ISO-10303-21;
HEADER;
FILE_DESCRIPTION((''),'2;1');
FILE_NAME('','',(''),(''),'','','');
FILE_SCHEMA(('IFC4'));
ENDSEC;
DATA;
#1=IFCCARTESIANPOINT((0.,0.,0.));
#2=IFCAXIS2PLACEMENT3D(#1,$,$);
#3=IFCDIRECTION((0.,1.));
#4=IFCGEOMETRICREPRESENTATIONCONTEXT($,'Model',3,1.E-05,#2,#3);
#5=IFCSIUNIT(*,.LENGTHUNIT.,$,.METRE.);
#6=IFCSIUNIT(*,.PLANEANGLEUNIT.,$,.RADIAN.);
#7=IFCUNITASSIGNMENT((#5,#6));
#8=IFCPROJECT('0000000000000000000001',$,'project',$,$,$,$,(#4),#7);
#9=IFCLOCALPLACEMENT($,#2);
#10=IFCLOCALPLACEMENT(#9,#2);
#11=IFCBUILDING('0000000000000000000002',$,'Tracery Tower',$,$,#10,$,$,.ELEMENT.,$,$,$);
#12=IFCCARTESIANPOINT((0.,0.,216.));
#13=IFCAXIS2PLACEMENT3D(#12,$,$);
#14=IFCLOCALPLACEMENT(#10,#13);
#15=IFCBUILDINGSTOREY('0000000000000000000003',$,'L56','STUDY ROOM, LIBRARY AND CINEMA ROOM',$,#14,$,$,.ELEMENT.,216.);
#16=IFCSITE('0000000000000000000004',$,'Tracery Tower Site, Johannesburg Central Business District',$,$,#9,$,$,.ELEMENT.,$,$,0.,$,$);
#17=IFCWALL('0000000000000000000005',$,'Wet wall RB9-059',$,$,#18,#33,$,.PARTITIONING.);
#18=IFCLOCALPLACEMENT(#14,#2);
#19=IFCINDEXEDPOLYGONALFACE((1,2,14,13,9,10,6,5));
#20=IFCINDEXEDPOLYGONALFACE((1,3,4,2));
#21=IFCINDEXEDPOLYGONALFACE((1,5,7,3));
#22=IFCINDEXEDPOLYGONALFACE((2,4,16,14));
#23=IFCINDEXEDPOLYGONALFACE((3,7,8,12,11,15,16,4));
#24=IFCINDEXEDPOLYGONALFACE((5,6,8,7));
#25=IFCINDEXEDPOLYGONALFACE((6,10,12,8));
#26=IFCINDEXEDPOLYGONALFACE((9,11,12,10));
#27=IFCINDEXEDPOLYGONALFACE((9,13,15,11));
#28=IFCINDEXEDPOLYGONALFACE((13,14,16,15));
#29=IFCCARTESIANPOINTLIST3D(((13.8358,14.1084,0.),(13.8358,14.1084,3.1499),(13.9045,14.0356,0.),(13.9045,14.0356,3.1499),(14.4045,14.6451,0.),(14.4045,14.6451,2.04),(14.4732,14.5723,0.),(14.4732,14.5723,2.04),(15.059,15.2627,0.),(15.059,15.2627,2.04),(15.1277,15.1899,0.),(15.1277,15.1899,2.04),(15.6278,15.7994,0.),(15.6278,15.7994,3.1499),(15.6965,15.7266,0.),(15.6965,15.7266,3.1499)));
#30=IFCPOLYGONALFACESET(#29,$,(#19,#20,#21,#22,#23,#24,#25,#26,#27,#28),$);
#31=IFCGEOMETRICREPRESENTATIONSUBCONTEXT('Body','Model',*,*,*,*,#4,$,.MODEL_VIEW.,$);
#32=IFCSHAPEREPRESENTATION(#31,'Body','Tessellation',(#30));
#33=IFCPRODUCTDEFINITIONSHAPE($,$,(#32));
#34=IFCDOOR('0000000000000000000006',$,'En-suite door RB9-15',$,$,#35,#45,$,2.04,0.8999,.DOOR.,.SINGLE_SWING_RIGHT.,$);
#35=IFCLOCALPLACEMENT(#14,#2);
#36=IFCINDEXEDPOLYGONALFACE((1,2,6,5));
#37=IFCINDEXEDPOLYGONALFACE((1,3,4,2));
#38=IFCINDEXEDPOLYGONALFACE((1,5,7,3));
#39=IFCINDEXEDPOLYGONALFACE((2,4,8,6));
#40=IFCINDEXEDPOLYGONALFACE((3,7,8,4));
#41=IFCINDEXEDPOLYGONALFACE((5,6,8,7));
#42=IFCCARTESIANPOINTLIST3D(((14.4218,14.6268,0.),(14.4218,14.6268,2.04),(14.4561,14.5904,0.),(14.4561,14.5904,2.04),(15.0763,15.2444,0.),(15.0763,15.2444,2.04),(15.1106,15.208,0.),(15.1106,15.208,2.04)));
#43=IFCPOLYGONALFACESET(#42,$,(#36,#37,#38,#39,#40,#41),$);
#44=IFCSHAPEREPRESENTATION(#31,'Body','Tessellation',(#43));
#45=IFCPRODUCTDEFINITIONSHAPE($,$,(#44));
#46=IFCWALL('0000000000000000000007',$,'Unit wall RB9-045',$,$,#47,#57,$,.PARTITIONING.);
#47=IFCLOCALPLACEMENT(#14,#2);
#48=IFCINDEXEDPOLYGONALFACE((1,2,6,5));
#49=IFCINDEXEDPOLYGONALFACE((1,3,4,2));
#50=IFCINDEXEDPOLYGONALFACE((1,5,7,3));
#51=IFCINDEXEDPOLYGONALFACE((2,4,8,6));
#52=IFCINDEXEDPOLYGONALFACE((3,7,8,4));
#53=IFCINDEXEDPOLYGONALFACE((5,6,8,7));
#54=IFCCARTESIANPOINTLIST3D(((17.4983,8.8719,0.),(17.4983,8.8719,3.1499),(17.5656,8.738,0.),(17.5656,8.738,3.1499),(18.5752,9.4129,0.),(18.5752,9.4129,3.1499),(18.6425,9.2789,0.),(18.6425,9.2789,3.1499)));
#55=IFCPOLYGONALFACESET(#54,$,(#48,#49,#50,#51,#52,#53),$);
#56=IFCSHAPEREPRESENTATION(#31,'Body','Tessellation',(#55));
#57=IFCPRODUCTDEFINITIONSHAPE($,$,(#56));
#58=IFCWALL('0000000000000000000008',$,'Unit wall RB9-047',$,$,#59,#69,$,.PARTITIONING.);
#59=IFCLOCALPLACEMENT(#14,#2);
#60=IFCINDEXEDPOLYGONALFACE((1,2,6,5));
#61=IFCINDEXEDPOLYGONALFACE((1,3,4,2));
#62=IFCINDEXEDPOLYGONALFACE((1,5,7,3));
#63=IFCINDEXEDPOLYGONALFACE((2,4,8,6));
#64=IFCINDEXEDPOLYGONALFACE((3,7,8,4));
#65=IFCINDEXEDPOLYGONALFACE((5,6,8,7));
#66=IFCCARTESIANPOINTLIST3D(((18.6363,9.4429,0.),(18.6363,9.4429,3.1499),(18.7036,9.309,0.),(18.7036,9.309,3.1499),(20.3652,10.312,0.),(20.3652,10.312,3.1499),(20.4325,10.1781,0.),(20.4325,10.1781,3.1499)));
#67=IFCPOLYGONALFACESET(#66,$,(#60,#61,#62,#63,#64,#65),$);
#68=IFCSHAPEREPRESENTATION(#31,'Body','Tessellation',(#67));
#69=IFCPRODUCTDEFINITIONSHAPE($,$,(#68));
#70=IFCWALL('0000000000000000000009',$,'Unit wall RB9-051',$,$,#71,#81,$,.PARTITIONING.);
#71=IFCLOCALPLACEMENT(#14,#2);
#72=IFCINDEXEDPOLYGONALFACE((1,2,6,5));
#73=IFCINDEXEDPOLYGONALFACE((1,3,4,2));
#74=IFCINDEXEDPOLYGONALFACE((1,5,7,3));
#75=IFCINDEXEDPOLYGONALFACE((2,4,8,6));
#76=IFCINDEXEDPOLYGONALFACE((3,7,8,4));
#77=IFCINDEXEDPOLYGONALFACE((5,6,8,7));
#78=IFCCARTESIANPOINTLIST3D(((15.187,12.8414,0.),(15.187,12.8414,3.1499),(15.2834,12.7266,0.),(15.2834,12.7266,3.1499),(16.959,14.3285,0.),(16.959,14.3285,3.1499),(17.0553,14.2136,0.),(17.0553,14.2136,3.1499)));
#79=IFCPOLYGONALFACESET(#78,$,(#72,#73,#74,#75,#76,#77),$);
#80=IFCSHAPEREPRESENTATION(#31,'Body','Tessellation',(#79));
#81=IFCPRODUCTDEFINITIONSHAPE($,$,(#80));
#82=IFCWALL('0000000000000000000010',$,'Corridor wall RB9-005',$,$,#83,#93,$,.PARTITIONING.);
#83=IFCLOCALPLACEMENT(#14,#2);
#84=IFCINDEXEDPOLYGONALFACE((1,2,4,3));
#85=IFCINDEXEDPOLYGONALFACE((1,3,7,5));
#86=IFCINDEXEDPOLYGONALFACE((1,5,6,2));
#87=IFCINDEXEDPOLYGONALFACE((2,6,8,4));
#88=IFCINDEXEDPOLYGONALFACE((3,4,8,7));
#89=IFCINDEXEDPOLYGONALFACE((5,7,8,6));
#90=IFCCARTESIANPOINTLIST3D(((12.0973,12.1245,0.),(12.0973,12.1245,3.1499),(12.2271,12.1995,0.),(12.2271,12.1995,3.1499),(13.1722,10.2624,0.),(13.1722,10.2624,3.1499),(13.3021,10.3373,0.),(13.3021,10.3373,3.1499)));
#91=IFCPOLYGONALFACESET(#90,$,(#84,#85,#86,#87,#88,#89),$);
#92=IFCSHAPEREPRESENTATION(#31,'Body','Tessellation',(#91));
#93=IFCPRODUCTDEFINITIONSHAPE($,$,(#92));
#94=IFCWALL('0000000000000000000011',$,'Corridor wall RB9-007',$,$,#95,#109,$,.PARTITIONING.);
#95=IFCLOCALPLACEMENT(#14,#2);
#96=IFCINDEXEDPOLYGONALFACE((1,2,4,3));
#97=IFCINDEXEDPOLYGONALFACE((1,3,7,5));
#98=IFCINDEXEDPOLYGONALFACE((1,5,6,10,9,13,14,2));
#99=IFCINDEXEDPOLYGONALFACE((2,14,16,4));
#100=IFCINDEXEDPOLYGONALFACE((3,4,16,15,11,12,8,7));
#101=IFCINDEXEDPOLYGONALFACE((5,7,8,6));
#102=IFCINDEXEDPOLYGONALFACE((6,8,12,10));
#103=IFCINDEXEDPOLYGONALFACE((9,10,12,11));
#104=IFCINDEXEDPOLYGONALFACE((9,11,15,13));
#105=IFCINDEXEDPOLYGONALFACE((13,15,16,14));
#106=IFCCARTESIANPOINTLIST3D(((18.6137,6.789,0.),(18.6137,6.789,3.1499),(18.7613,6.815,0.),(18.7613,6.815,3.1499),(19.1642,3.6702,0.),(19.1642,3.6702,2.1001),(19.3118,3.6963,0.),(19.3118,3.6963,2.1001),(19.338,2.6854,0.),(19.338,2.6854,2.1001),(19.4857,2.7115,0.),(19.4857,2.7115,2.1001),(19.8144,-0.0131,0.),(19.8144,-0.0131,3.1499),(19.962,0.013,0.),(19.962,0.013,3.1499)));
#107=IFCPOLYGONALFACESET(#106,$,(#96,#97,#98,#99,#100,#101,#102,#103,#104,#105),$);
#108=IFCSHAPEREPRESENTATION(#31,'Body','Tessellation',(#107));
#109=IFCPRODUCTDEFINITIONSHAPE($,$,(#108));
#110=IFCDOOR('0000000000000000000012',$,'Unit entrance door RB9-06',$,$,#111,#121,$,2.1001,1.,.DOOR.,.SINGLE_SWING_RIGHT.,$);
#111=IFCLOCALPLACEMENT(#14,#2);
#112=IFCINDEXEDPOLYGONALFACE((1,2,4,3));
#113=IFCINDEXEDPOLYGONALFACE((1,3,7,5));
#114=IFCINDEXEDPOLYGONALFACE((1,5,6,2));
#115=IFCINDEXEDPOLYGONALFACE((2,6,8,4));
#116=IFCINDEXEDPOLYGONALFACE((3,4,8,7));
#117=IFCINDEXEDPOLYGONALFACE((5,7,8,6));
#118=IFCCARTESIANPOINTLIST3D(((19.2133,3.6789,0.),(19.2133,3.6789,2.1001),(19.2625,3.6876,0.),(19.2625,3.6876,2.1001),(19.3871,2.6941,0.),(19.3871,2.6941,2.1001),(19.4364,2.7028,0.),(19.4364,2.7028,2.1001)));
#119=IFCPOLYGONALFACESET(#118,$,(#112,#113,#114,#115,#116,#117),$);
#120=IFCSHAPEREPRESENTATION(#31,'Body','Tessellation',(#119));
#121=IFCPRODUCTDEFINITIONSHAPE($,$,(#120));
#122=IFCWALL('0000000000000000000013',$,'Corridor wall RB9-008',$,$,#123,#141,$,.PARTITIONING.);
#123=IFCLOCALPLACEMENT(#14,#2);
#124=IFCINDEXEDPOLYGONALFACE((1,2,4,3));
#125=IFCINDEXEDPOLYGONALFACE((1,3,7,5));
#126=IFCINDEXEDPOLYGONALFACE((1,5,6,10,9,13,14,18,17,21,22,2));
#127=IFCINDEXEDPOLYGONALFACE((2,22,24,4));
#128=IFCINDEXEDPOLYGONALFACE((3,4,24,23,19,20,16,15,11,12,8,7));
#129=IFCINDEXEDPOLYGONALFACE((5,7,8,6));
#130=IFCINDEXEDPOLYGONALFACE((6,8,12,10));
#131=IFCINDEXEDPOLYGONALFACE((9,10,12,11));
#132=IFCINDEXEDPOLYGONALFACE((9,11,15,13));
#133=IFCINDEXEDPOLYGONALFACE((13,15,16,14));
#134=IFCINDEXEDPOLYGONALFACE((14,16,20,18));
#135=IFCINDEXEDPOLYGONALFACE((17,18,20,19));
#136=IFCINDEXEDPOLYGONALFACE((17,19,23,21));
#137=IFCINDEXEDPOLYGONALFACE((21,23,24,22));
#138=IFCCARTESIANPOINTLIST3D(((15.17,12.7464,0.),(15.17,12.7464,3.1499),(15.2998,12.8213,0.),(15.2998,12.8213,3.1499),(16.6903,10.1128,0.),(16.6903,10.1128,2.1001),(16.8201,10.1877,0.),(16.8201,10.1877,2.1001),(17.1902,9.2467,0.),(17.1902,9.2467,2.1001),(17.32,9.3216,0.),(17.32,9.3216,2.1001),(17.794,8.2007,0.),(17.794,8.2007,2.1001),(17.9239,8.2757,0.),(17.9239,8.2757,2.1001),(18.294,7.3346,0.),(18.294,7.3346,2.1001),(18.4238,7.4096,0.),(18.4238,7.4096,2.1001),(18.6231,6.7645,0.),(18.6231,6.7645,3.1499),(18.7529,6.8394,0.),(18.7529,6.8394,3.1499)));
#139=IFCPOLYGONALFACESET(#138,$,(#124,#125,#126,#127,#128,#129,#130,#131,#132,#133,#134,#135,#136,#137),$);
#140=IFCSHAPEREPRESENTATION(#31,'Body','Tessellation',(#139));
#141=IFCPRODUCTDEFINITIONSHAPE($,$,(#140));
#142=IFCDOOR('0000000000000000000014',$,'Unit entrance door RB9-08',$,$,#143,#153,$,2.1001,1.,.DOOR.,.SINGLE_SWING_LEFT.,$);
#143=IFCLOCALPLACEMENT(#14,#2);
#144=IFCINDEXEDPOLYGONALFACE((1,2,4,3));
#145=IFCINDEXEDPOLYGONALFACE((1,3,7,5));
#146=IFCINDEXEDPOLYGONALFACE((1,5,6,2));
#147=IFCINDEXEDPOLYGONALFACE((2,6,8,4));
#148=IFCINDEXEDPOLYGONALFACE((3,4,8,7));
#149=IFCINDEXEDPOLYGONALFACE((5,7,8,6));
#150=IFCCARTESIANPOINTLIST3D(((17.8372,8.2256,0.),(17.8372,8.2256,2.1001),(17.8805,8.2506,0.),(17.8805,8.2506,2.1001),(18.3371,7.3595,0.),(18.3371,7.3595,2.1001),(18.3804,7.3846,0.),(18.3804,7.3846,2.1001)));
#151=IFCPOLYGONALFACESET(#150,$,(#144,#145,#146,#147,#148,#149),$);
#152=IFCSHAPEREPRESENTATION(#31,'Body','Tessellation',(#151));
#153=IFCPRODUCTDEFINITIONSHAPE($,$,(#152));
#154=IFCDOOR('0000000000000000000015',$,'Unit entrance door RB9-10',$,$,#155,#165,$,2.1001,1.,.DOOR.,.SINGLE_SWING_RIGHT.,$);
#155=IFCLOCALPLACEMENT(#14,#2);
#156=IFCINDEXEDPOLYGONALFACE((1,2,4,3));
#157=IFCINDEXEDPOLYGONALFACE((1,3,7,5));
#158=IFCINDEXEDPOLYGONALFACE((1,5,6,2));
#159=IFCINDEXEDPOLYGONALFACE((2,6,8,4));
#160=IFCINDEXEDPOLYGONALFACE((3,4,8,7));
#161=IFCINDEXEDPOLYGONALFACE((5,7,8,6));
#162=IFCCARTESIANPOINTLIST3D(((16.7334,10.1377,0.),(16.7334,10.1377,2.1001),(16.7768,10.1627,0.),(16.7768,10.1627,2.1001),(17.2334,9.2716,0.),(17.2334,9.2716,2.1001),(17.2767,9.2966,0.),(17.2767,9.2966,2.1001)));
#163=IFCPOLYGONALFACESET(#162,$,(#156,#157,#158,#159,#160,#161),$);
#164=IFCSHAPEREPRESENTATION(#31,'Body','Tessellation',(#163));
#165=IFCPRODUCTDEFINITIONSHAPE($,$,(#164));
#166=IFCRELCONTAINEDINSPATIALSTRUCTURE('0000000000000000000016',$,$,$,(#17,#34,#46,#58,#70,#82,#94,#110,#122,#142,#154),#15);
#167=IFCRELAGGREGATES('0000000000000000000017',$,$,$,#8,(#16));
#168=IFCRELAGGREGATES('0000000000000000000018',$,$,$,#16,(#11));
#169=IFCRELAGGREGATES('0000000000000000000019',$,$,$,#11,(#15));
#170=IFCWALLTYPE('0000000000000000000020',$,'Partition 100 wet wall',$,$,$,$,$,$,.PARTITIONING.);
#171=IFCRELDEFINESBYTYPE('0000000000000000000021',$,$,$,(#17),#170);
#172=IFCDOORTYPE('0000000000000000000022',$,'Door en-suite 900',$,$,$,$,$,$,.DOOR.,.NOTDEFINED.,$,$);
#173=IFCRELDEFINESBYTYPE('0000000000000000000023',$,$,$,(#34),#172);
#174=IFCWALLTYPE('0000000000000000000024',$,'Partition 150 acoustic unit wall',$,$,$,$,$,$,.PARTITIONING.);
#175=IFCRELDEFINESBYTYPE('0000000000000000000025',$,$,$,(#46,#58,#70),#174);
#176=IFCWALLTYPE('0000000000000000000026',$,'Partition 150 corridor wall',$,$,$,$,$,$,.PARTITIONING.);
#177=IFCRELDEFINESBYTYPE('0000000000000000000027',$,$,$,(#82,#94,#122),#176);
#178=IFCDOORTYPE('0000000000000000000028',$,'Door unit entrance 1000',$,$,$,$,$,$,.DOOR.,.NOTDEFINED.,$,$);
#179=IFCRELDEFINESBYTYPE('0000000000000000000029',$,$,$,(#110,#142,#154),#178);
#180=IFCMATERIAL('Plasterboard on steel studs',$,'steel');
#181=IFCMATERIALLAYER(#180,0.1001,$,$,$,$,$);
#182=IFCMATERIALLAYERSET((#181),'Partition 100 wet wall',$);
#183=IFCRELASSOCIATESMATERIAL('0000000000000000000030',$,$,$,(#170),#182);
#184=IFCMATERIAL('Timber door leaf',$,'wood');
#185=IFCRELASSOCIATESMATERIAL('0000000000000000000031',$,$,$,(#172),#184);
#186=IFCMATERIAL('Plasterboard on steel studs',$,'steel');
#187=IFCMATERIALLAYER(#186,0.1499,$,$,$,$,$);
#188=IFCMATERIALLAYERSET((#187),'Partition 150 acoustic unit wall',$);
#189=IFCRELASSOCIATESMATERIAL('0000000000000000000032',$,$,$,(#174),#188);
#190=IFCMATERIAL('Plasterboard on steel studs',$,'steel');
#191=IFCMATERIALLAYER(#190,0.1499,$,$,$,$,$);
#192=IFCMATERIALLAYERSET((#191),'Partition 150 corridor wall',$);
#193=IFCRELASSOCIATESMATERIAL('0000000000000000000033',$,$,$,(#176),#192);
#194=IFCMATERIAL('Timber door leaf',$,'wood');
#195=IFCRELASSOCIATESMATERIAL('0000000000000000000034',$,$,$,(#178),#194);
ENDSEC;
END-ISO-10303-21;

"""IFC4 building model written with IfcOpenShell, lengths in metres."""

from ifc_helpers import new_model, si_unit, direction, frame, frame_2d, origin, place, context, subcontext, project, spatial, rectangle, extrude, material, layer, layer_set, type_object, element, fill, save


model = new_model("IFC4")

# Units and contexts
model_context = context("Model", 3, precision=1e-05, world=origin(), true_north=direction((0.0, 1.0)))
body_context = subcontext(model_context, "Body", "Model", "MODEL_VIEW")
ifc_project = project(units=[si_unit("LENGTHUNIT", "METRE"), si_unit("PLANEANGLEUNIT", "RADIAN")], contexts=[model_context])

# Site, building, storey
site_placement = place(None, origin())
site = spatial("IfcSite", under=ifc_project, at=site_placement, Name="Tracery Tower Site, Johannesburg Central Business District", CompositionType="ELEMENT", RefElevation=0.0)
building_placement = place(site_placement, origin())
building = spatial("IfcBuilding", under=site, at=building_placement, Name="Tracery Tower", CompositionType="ELEMENT")
storey_placement = place(building_placement, frame((0.0, 0.0, 216.0)))
storey = spatial("IfcBuildingStorey", under=building, at=storey_placement, Name="L56", Description="STUDY ROOM, LIBRARY AND CINEMA ROOM", CompositionType="ELEMENT", Elevation=216.0)

# Shared definitions
ifc_material_1 = material(Name="Plasterboard on steel studs", Category="steel")
ifc_layer_1 = layer(ifc_material_1, 0.1001)
ifc_layer_set_1 = layer_set([ifc_layer_1], Name="Partition 100 wet wall")
wall_type_1 = type_object("IfcWallType", Name="Partition 100 wet wall", PredefinedType="PARTITIONING", material=ifc_layer_set_1)
ifc_material_2 = material(Name="Timber door leaf", Category="wood")
door_type_1 = type_object("IfcDoorType", Name="Door en-suite 900", OperationType="NOTDEFINED", PredefinedType="DOOR", material=ifc_material_2)

# Wall, opening, door
wall_1_placement = place(storey_placement, frame((13.8701, 14.072, 0.0), z_axis=(0.0, 0.0, 1.0), x_axis=(0.727321, 0.686298, 0.0)))
wall_1 = element("IfcWall", 1, at=wall_1_placement, inside=storey, type_object=wall_type_1, Name="Wet wall RB9-059", PredefinedType="PARTITIONING", context=body_context, shape_type="SweptSolid", body=[
    extrude(rectangle(XDim=2.4639, YDim=0.1001, at=frame_2d((1.2319, 0.0))), origin(), (0.0, 0.0, 1.0), 3.1499),
])
opening_1_placement = place(wall_1_placement, frame((0.782, 0.0, 0.0)))
opening_1 = element("IfcOpeningElement", 2, at=opening_1_placement, cuts=wall_1, PredefinedType="OPENING", context=body_context, shape_type="SweptSolid", body=[
    extrude(rectangle(XDim=0.8999, YDim=2.04, at=frame_2d((0.45, 1.02))), frame((0.0, 0.05, 0.0), z_axis=(0.0, -1.0, 0.0), x_axis=(1.0, 0.0, 0.0)), (0.0, 0.0, 1.0), 0.1001),
])
door_1_placement = place(opening_1_placement, origin())
door_1 = element("IfcDoor", 3, at=door_1_placement, inside=storey, type_object=door_type_1, Name="En-suite door RB9-15", OperationType="SINGLE_SWING_RIGHT", OverallHeight=2.04, OverallWidth=0.8999, PredefinedType="DOOR", context=body_context, shape_type="SweptSolid", body=[
    extrude(rectangle(XDim=0.8999, YDim=2.04, at=frame_2d((0.45, 1.02))), frame((0.0, 0.0249, 0.0), z_axis=(0.0, -1.0, 0.0), x_axis=(1.0, 0.0, 0.0)), (0.0, 0.0, 1.0), 0.05),
])
fill(opening_1, door_1)

# Walls
ifc_material_3 = material(Name="Plasterboard on steel studs", Category="steel")
ifc_layer_2 = layer(ifc_material_3, 0.1499)
ifc_layer_set_2 = layer_set([ifc_layer_2], Name="Partition 150 acoustic unit wall")
wall_type_2 = type_object("IfcWallType", Name="Partition 150 acoustic unit wall", PredefinedType="PARTITIONING", material=ifc_layer_set_2)
wall_2_placement = place(storey_placement, frame((17.532, 8.8049, 0.0), z_axis=(0.0, 0.0, 1.0), x_axis=(0.893575, 0.448914, 0.0)))
element("IfcWall", 4, at=wall_2_placement, inside=storey, type_object=wall_type_2, Name="Unit wall RB9-045", PredefinedType="PARTITIONING", context=body_context, shape_type="SweptSolid", body=[
    extrude(rectangle(XDim=1.2051, YDim=0.1499, at=frame_2d((0.6025, 0.0))), origin(), (0.0, 0.0, 1.0), 3.1499),
])
wall_3_placement = place(storey_placement, frame((18.6699, 9.376, 0.0), z_axis=(0.0, 0.0, 1.0), x_axis=(0.893466, 0.44913, 0.0)))
element("IfcWall", 5, at=wall_3_placement, inside=storey, type_object=wall_type_2, Name="Unit wall RB9-047", PredefinedType="PARTITIONING", context=body_context, shape_type="SweptSolid", body=[
    extrude(rectangle(XDim=1.9351, YDim=0.1499, at=frame_2d((0.9675, 0.0))), origin(), (0.0, 0.0, 1.0), 3.1499),
])
wall_4_placement = place(storey_placement, frame((15.2351, 12.7839, 0.0), z_axis=(0.0, 0.0, 1.0), x_axis=(0.766002, 0.642838, 0.0)))
element("IfcWall", 6, at=wall_4_placement, inside=storey, type_object=wall_type_2, Name="Unit wall RB9-051", PredefinedType="PARTITIONING", context=body_context, shape_type="SweptSolid", body=[
    extrude(rectangle(XDim=2.3132, YDim=0.1499, at=frame_2d((1.1567, 0.0))), origin(), (0.0, 0.0, 1.0), 3.1499),
])
ifc_material_4 = material(Name="Plasterboard on steel studs", Category="steel")
ifc_layer_3 = layer(ifc_material_4, 0.1499)
ifc_layer_set_3 = layer_set([ifc_layer_3], Name="Partition 150 corridor wall")
wall_type_3 = type_object("IfcWallType", Name="Partition 150 corridor wall", PredefinedType="PARTITIONING", material=ifc_layer_set_3)
wall_5_placement = place(storey_placement, frame((12.1621, 12.1621, 0.0), z_axis=(0.0, 0.0, 1.0), x_axis=(0.499962, -0.866048, 0.0)))
element("IfcWall", 7, at=wall_5_placement, inside=storey, type_object=wall_type_3, Name="Corridor wall RB9-005", PredefinedType="PARTITIONING", context=body_context, shape_type="SweptSolid", body=[
    extrude(rectangle(XDim=2.1501, YDim=0.1499, at=frame_2d((1.0752, 0.0))), origin(), (0.0, 0.0, 1.0), 3.1499),
])

# Wall, opening, door
wall_6_placement = place(storey_placement, frame((18.6875, 6.802, 0.0), z_axis=(0.0, 0.0, 1.0), x_axis=(0.173832, -0.984775, 0.0)))
wall_6 = element("IfcWall", 8, at=wall_6_placement, inside=storey, type_object=wall_type_3, Name="Corridor wall RB9-007", PredefinedType="PARTITIONING", context=body_context, shape_type="SweptSolid", body=[
    extrude(rectangle(XDim=6.9072, YDim=0.1499, at=frame_2d((3.4536, 0.0))), origin(), (0.0, 0.0, 1.0), 3.1499),
])
opening_2_placement = place(wall_6_placement, frame((3.167, 0.0, 0.0)))
opening_2 = element("IfcOpeningElement", 9, at=opening_2_placement, cuts=wall_6, PredefinedType="OPENING", context=body_context, shape_type="SweptSolid", body=[
    extrude(rectangle(XDim=1.0, YDim=2.1001, at=frame_2d((0.5, 1.05))), frame((0.0, 0.075, 0.0), z_axis=(0.0, -1.0, 0.0), x_axis=(1.0, 0.0, 0.0)), (0.0, 0.0, 1.0), 0.1499),
])
ifc_material_5 = material(Name="Timber door leaf", Category="wood")
door_type_2 = type_object("IfcDoorType", Name="Door unit entrance 1000", OperationType="NOTDEFINED", PredefinedType="DOOR", material=ifc_material_5)
door_2_placement = place(opening_2_placement, origin())
door_2 = element("IfcDoor", 10, at=door_2_placement, inside=storey, type_object=door_type_2, Name="Unit entrance door RB9-06", OperationType="SINGLE_SWING_RIGHT", OverallHeight=2.1001, OverallWidth=1.0, PredefinedType="DOOR", context=body_context, shape_type="SweptSolid", body=[
    extrude(rectangle(XDim=1.0, YDim=2.1001, at=frame_2d((0.5, 1.05))), frame((0.0, 0.0249, 0.0), z_axis=(0.0, -1.0, 0.0), x_axis=(1.0, 0.0, 0.0)), (0.0, 0.0, 1.0), 0.05),
])
fill(opening_2, door_2)

# Wall, openings, doors
wall_7_placement = place(storey_placement, frame((15.2349, 12.7839, 0.0), z_axis=(0.0, 0.0, 1.0), x_axis=(0.499941, -0.86606, 0.0)))
wall_7 = element("IfcWall", 11, at=wall_7_placement, inside=storey, type_object=wall_type_3, Name="Corridor wall RB9-008", PredefinedType="PARTITIONING", context=body_context, shape_type="SweptSolid", body=[
    extrude(rectangle(XDim=6.907, YDim=0.1499, at=frame_2d((3.4536, 0.0))), origin(), (0.0, 0.0, 1.0), 3.1499),
])
opening_3_placement = place(wall_7_placement, frame((5.2488, 0.0, 0.0)))
opening_3 = element("IfcOpeningElement", 12, at=opening_3_placement, cuts=wall_7, PredefinedType="OPENING", context=body_context, shape_type="SweptSolid", body=[
    extrude(rectangle(XDim=1.0, YDim=2.1001, at=frame_2d((0.5, 1.05))), frame((0.0, 0.075, 0.0), z_axis=(0.0, -1.0, 0.0), x_axis=(1.0, 0.0, 0.0)), (0.0, 0.0, 1.0), 0.1499),
])
opening_4_placement = place(wall_7_placement, frame((3.041, 0.0, 0.0)))
opening_4 = element("IfcOpeningElement", 13, at=opening_4_placement, cuts=wall_7, PredefinedType="OPENING", context=body_context, shape_type="SweptSolid", body=[
    extrude(rectangle(XDim=1.0, YDim=2.1001, at=frame_2d((0.5, 1.05))), frame((0.0, 0.075, 0.0), z_axis=(0.0, -1.0, 0.0), x_axis=(1.0, 0.0, 0.0)), (0.0, 0.0, 1.0), 0.1499),
])
door_3_placement = place(opening_3_placement, origin())
door_3 = element("IfcDoor", 14, at=door_3_placement, inside=storey, type_object=door_type_2, Name="Unit entrance door RB9-08", OperationType="SINGLE_SWING_LEFT", OverallHeight=2.1001, OverallWidth=1.0, PredefinedType="DOOR", context=body_context, shape_type="SweptSolid", body=[
    extrude(rectangle(XDim=1.0, YDim=2.1001, at=frame_2d((0.5, 1.05))), frame((0.0, 0.0249, 0.0), z_axis=(0.0, -1.0, 0.0), x_axis=(1.0, 0.0, 0.0)), (0.0, 0.0, 1.0), 0.05),
])
fill(opening_3, door_3)
door_4_placement = place(opening_4_placement, origin())
door_4 = element("IfcDoor", 15, at=door_4_placement, inside=storey, type_object=door_type_2, Name="Unit entrance door RB9-10", OperationType="SINGLE_SWING_RIGHT", OverallHeight=2.1001, OverallWidth=1.0, PredefinedType="DOOR", context=body_context, shape_type="SweptSolid", body=[
    extrude(rectangle(XDim=1.0, YDim=2.1001, at=frame_2d((0.5, 1.05))), frame((0.0, 0.0249, 0.0), z_axis=(0.0, -1.0, 0.0), x_axis=(1.0, 0.0, 0.0)), (0.0, 0.0, 1.0), 0.05),
])
fill(opening_4, door_4)

save(model, "model.ifc")
